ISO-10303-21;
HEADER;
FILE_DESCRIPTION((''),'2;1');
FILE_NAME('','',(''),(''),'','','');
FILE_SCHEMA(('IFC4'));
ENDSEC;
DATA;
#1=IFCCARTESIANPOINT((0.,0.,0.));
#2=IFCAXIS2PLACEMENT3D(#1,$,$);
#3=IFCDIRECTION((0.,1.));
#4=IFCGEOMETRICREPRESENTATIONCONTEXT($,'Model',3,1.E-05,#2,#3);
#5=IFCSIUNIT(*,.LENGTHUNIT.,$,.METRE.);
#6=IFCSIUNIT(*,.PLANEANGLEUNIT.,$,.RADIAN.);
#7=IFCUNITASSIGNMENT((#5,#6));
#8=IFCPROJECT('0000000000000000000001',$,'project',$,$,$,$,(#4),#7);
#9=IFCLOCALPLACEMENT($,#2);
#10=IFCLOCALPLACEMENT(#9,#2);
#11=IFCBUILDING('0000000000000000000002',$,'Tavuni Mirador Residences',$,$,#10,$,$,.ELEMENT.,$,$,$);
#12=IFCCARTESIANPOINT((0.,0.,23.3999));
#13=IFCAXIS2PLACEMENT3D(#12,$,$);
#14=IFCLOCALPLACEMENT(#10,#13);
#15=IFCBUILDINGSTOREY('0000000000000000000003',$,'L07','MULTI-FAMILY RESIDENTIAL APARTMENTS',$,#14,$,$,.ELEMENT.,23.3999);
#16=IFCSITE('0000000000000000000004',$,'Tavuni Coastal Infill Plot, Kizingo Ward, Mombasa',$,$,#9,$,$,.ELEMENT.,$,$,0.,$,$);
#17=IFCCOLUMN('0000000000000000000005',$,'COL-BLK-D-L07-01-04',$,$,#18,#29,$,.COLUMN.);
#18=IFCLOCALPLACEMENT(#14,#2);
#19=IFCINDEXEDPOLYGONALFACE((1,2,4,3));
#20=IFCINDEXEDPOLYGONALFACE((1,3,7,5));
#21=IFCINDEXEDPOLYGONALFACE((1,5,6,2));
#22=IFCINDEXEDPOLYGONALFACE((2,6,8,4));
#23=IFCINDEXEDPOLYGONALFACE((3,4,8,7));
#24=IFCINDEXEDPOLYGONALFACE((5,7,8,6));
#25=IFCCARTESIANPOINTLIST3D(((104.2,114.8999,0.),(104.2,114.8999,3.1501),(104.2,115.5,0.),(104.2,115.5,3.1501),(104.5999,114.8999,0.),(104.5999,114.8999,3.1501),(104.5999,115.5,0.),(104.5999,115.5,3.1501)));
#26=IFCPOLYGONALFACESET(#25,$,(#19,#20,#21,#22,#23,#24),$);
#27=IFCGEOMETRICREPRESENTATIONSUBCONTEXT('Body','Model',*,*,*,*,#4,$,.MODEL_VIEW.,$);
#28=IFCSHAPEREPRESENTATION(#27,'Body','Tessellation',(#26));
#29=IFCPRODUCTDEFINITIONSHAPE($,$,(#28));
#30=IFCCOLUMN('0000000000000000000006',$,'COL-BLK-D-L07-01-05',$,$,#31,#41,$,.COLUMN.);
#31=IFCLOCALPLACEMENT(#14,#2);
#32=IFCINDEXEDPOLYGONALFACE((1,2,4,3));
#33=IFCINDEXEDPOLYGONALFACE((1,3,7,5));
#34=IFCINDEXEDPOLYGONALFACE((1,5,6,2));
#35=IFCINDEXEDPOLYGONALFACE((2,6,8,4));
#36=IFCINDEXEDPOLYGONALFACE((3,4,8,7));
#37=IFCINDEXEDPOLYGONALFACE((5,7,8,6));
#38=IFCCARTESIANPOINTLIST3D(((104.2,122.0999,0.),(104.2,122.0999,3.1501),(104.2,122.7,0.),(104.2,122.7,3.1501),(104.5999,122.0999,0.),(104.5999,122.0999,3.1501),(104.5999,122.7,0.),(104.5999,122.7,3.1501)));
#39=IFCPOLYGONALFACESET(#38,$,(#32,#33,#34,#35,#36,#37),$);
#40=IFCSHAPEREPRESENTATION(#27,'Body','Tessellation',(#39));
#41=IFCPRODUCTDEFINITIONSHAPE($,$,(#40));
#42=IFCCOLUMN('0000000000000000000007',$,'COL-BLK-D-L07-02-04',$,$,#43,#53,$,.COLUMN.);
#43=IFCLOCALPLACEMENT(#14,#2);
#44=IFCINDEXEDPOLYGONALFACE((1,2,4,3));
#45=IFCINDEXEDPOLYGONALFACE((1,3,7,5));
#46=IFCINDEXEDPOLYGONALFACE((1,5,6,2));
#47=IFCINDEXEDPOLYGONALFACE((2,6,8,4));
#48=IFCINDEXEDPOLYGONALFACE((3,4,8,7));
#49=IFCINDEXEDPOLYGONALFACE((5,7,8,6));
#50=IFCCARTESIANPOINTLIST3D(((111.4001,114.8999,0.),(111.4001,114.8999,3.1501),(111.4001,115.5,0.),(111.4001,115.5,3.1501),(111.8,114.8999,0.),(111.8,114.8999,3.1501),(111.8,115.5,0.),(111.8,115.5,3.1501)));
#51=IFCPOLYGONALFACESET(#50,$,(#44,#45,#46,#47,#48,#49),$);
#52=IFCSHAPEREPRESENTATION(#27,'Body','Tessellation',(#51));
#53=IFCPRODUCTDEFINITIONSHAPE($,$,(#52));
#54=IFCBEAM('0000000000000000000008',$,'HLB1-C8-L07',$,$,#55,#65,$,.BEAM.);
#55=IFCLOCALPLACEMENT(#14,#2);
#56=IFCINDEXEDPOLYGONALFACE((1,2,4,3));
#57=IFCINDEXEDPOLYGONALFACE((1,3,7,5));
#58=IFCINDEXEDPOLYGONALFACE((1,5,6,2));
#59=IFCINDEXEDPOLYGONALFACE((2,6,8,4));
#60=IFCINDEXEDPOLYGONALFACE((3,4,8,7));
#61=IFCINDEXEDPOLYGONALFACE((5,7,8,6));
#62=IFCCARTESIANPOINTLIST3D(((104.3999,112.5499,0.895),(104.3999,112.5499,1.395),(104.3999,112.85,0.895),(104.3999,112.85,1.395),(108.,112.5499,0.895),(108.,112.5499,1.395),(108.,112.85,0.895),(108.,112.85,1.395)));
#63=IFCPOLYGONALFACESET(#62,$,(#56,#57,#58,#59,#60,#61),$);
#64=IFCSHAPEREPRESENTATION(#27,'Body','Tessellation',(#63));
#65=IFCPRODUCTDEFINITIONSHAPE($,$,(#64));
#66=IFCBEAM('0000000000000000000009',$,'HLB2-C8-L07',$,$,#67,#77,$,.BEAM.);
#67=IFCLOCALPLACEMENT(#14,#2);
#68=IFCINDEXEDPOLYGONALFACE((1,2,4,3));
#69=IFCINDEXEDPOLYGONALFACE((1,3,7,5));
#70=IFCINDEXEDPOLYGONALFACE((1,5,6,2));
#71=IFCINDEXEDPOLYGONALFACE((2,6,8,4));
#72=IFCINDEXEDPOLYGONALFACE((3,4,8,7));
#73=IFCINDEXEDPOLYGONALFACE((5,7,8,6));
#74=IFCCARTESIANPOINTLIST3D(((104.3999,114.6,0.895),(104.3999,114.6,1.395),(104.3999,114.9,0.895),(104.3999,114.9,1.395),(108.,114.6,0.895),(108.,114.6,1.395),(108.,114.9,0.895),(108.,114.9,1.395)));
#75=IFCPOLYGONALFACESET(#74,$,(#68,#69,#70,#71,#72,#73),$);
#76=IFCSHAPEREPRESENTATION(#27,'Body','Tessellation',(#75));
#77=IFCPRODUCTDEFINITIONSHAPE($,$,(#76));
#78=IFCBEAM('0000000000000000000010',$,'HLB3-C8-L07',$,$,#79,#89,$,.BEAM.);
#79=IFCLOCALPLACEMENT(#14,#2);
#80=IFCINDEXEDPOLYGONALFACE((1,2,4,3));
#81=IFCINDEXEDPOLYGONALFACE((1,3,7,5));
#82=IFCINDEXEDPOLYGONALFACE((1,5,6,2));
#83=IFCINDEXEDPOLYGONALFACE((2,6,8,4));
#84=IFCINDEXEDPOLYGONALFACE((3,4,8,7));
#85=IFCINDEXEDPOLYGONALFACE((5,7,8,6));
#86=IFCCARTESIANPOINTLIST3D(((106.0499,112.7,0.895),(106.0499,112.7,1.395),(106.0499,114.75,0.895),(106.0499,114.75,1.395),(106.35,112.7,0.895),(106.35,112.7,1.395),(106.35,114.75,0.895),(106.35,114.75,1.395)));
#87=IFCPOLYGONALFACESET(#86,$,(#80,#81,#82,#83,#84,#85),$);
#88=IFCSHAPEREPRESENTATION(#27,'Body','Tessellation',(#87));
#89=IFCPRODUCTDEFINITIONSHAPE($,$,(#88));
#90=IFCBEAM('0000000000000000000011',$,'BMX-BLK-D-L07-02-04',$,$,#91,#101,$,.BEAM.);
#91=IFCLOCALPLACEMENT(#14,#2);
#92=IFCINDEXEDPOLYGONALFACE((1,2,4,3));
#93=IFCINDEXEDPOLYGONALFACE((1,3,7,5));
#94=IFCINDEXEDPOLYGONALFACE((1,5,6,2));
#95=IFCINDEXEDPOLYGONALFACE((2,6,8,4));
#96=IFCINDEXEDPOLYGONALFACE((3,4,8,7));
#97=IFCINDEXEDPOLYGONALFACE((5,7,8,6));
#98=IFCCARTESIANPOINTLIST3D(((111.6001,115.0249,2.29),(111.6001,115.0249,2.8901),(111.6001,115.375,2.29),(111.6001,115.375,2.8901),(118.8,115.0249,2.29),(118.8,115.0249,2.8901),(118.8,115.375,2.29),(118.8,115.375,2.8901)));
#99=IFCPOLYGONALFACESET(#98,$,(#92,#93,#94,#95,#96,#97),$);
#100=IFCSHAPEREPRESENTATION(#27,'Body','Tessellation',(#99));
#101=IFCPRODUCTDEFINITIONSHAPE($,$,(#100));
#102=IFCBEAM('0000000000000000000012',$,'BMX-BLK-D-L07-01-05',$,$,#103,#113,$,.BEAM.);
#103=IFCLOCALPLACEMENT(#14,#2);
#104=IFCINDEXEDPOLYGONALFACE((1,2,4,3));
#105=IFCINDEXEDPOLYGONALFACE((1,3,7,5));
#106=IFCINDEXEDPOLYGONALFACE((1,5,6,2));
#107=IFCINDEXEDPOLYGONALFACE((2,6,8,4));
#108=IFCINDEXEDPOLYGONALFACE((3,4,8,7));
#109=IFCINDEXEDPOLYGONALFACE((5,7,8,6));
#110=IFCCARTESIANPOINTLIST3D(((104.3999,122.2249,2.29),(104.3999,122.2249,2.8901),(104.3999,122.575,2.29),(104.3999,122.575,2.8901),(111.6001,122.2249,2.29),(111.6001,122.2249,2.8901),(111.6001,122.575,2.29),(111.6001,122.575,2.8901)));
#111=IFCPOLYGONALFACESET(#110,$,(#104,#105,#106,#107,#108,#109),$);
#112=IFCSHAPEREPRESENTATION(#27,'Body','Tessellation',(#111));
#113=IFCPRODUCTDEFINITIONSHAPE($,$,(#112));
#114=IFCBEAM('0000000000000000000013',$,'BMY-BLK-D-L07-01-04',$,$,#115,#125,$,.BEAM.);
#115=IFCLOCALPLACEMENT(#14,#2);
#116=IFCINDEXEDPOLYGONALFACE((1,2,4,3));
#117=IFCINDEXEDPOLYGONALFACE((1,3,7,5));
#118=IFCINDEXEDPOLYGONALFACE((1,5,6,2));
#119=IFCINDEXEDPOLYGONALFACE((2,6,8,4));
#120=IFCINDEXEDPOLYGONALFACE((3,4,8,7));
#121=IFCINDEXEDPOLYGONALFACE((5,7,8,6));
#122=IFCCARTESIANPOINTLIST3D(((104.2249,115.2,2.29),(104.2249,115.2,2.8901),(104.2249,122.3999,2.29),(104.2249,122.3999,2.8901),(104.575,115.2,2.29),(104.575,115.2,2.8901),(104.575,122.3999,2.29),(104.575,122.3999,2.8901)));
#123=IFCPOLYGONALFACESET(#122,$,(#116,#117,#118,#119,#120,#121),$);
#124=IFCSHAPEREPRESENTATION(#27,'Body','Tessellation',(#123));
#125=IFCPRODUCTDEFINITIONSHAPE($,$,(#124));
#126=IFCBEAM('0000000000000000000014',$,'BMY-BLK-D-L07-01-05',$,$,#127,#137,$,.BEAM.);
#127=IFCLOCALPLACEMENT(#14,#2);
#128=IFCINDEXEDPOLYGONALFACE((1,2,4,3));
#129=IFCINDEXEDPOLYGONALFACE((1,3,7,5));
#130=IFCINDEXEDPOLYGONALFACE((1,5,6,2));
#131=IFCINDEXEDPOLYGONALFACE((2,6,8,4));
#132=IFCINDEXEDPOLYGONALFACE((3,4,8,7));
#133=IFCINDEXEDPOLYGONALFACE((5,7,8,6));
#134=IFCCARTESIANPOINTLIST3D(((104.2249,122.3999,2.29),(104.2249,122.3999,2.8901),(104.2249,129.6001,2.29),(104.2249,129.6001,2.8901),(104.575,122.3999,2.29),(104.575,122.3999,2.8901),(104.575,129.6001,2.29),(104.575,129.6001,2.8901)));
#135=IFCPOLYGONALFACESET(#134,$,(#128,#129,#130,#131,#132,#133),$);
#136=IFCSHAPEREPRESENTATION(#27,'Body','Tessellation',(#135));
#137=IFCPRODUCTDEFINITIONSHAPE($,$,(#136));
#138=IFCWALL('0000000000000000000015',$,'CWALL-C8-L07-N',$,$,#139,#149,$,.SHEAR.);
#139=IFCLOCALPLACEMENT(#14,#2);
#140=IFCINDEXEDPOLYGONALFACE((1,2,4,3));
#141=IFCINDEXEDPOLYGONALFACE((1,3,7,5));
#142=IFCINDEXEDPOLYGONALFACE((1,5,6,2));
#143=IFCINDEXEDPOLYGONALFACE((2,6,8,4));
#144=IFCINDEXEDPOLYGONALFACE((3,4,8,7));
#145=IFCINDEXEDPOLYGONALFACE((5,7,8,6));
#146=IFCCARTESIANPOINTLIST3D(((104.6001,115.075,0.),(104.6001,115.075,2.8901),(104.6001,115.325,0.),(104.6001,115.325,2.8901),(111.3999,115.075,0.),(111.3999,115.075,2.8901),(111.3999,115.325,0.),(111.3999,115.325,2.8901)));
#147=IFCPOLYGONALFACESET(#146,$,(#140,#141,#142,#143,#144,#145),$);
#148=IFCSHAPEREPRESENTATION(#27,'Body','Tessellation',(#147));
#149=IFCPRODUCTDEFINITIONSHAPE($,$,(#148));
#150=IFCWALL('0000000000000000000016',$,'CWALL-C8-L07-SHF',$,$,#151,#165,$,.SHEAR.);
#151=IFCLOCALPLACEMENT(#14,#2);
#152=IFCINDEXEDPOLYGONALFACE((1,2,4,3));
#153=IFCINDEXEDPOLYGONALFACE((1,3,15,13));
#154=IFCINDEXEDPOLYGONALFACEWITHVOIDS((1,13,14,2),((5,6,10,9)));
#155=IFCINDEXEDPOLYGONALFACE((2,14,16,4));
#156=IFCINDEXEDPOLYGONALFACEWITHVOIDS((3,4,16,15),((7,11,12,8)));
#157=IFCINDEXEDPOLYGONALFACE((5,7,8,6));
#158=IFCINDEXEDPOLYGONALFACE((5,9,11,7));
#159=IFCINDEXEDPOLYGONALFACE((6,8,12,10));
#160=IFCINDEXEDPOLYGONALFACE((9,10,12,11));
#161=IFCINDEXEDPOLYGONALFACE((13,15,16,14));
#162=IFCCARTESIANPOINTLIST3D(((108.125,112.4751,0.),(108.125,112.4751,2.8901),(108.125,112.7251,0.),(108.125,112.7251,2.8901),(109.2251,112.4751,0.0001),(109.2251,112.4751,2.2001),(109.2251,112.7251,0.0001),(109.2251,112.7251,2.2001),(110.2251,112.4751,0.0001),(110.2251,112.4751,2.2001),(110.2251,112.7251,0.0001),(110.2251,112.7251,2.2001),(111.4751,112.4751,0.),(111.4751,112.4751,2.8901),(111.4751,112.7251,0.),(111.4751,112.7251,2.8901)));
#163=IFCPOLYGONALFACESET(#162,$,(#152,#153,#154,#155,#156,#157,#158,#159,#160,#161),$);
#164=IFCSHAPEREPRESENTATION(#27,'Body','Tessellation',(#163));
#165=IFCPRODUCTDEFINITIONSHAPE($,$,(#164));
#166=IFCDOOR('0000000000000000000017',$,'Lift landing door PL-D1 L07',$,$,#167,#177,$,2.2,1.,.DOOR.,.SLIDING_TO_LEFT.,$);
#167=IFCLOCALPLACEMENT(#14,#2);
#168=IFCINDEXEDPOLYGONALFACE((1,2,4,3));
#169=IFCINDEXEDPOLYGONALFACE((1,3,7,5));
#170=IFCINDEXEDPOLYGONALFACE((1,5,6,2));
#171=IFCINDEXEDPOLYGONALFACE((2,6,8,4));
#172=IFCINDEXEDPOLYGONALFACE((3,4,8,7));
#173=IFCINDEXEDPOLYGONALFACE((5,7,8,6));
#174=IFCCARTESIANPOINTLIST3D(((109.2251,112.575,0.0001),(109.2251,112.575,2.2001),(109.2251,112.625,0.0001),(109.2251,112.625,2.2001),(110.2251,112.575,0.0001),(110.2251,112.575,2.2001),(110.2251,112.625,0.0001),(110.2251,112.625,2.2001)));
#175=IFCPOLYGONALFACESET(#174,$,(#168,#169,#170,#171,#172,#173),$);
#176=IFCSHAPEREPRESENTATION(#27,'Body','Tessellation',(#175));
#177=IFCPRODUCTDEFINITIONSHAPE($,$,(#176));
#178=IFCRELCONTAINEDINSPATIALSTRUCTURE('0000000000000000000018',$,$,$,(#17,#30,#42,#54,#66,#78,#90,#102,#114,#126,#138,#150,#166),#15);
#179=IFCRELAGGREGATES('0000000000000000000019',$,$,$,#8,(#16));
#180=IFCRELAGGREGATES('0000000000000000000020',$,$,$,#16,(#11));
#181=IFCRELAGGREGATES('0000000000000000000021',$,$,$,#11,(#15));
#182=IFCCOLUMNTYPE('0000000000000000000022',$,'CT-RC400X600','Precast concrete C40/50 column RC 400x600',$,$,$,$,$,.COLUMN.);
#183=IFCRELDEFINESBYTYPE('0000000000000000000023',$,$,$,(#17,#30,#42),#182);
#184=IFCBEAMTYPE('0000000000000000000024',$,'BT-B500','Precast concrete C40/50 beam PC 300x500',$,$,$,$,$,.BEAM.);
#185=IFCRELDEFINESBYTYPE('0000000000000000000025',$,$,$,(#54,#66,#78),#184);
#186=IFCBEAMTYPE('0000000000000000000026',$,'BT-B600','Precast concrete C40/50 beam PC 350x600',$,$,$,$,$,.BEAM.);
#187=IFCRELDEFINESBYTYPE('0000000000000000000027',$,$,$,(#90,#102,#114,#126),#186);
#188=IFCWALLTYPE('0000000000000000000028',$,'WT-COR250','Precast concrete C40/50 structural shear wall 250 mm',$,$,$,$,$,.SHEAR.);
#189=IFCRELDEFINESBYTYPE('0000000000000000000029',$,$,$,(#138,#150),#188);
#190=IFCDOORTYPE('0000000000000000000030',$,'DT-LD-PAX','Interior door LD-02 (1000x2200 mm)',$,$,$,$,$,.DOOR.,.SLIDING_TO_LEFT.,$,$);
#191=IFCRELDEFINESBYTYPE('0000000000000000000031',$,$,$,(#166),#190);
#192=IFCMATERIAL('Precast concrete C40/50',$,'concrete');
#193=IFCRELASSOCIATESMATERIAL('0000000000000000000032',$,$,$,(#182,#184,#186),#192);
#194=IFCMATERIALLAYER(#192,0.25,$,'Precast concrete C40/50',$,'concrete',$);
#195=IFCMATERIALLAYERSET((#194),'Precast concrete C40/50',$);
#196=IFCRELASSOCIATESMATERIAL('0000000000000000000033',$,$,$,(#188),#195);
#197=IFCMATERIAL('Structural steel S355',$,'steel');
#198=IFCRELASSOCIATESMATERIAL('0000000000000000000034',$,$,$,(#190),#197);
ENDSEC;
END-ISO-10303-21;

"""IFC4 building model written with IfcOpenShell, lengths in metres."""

from ifc_helpers import new_model, si_unit, direction, frame, frame_2d, origin, origin_2d, place, context, subcontext, project, spatial, rectangle, extrude, material, layer, layer_set, material_profile, profile_set, type_object, element, fill, save


model = new_model("IFC4")

# Units and contexts
model_context = context("Model", 3, precision=1e-05, world=origin(), true_north=direction((0.0, 1.0)))
body_context = subcontext(model_context, "Body", "Model", "MODEL_VIEW")
ifc_project = project(units=[si_unit("LENGTHUNIT", "METRE"), si_unit("PLANEANGLEUNIT", "RADIAN")], contexts=[model_context])

# Site, building, storey
site_placement = place(None, origin())
site = spatial("IfcSite", under=ifc_project, at=site_placement, Name="Tavuni Coastal Infill Plot, Kizingo Ward, Mombasa", CompositionType="ELEMENT", RefElevation=0.0)
building_placement = place(site_placement, origin())
building = spatial("IfcBuilding", under=site, at=building_placement, Name="Tavuni Mirador Residences", CompositionType="ELEMENT")
storey_placement = place(building_placement, frame((0.0, 0.0, 23.3999)))
storey = spatial("IfcBuildingStorey", under=building, at=storey_placement, Name="L07", Description="MULTI-FAMILY RESIDENTIAL APARTMENTS", CompositionType="ELEMENT", Elevation=23.3999)

# Columns
ifc_material_1 = material(Name="Precast concrete C40/50", Category="concrete")
ifc_material_profile_1 = material_profile(ifc_material_1, rectangle(XDim=0.3999, YDim=0.6001, at=origin_2d()), Name="RC 400x600", Category="concrete")
ifc_profile_set_1 = profile_set([ifc_material_profile_1], Name="Precast concrete C40/50")
column_type = type_object("IfcColumnType", Name="CT-RC400X600", Description="Precast concrete C40/50 column RC 400x600", PredefinedType="COLUMN", material=ifc_profile_set_1)
for number, where, z_axis, x_axis, name in (
    (1, (104.3999, 115.2, 0.0), (0.0, 0.0, 1.0), (1.0, 0.0, 0.0), "COL-BLK-D-L07-01-04"),
    (2, (104.3999, 122.3999, 0.0), (0.0, 0.0, 1.0), (1.0, 0.0, 0.0), "COL-BLK-D-L07-01-05"),
    (3, (111.6001, 115.2, 0.0), (0.0, 0.0, 1.0), (1.0, 0.0, 0.0), "COL-BLK-D-L07-02-04"),
):
    element("IfcColumn", number, at=place(storey_placement, frame(where, z_axis=z_axis, x_axis=x_axis)), inside=storey, type_object=column_type, Name=name, PredefinedType="COLUMN", context=body_context, shape_type="SweptSolid", body=[
        extrude(rectangle(XDim=0.3999, YDim=0.6001, at=origin_2d()), origin(), (0.0, 0.0, 1.0), 3.1501),
    ])

# Beams
ifc_material_profile_2 = material_profile(ifc_material_1, rectangle(XDim=0.3, YDim=0.5, at=origin_2d()), Name="PC 300x500", Category="concrete")
ifc_profile_set_2 = profile_set([ifc_material_profile_2], Name="Precast concrete C40/50")
beam_type_1 = type_object("IfcBeamType", Name="BT-B500", Description="Precast concrete C40/50 beam PC 300x500", PredefinedType="BEAM", material=ifc_profile_set_2)
for number, where, z_axis, x_axis, name in (
    (4, (104.3999, 112.7, 1.145), (1.0, 0.0, 0.0), (0.0, 1.0, 0.0), "HLB1-C8-L07"),
    (5, (104.3999, 114.75, 1.145), (1.0, 0.0, 0.0), (0.0, 1.0, 0.0), "HLB2-C8-L07"),
):
    element("IfcBeam", number, at=place(storey_placement, frame(where, z_axis=z_axis, x_axis=x_axis)), inside=storey, type_object=beam_type_1, Name=name, PredefinedType="BEAM", context=body_context, shape_type="SweptSolid", body=[
        extrude(rectangle(XDim=0.3, YDim=0.5, at=origin_2d()), origin(), (0.0, 0.0, 1.0), 3.6001),
    ])
beam_1_placement = place(storey_placement, frame((106.2, 112.7, 1.145), z_axis=(0.0, 1.0, 0.0), x_axis=(-1.0, 0.0, 0.0)))
element("IfcBeam", 6, at=beam_1_placement, inside=storey, type_object=beam_type_1, Name="HLB3-C8-L07", PredefinedType="BEAM", context=body_context, shape_type="SweptSolid", body=[
    extrude(rectangle(XDim=0.3, YDim=0.5, at=origin_2d()), origin(), (0.0, 0.0, 1.0), 2.05),
])
ifc_material_profile_3 = material_profile(ifc_material_1, rectangle(XDim=0.3501, YDim=0.6001, at=origin_2d()), Name="PC 350x600", Category="concrete")
ifc_profile_set_3 = profile_set([ifc_material_profile_3], Name="Precast concrete C40/50")
beam_type_2 = type_object("IfcBeamType", Name="BT-B600", Description="Precast concrete C40/50 beam PC 350x600", PredefinedType="BEAM", material=ifc_profile_set_3)
beam_2_placement = place(storey_placement, frame((111.6001, 115.2, 2.5901), z_axis=(1.0, 0.0, 0.0), x_axis=(0.0, 1.0, 0.0)))
element("IfcBeam", 7, at=beam_2_placement, inside=storey, type_object=beam_type_2, Name="BMX-BLK-D-L07-02-04", PredefinedType="BEAM", context=body_context, shape_type="SweptSolid", body=[
    extrude(rectangle(XDim=0.3501, YDim=0.6001, at=origin_2d()), origin(), (0.0, 0.0, 1.0), 7.2),
])
beam_3_placement = place(storey_placement, frame((104.3999, 122.3999, 2.5901), z_axis=(1.0, 0.0, 0.0), x_axis=(0.0, 1.0, 0.0)))
element("IfcBeam", 8, at=beam_3_placement, inside=storey, type_object=beam_type_2, Name="BMX-BLK-D-L07-01-05", PredefinedType="BEAM", context=body_context, shape_type="SweptSolid", body=[
    extrude(rectangle(XDim=0.3501, YDim=0.6001, at=origin_2d()), origin(), (0.0, 0.0, 1.0), 7.2002),
])
beam_4_placement = place(storey_placement, frame((104.3999, 115.2, 2.5901), z_axis=(0.0, 1.0, 0.0), x_axis=(-1.0, 0.0, 0.0)))
element("IfcBeam", 9, at=beam_4_placement, inside=storey, type_object=beam_type_2, Name="BMY-BLK-D-L07-01-04", PredefinedType="BEAM", context=body_context, shape_type="SweptSolid", body=[
    extrude(rectangle(XDim=0.3501, YDim=0.6001, at=origin_2d()), origin(), (0.0, 0.0, 1.0), 7.2),
])
beam_5_placement = place(storey_placement, frame((104.3999, 122.3999, 2.5901), z_axis=(0.0, 1.0, 0.0), x_axis=(-1.0, 0.0, 0.0)))
element("IfcBeam", 10, at=beam_5_placement, inside=storey, type_object=beam_type_2, Name="BMY-BLK-D-L07-01-05", PredefinedType="BEAM", context=body_context, shape_type="SweptSolid", body=[
    extrude(rectangle(XDim=0.3501, YDim=0.6001, at=origin_2d()), origin(), (0.0, 0.0, 1.0), 7.2002),
])

# Wall
ifc_layer_1 = layer(ifc_material_1, 0.25, Name="Precast concrete C40/50", Category="concrete")
ifc_layer_set_1 = layer_set([ifc_layer_1], Name="Precast concrete C40/50")
wall_type_1 = type_object("IfcWallType", Name="WT-COR250", Description="Precast concrete C40/50 structural shear wall 250 mm", PredefinedType="SHEAR", material=ifc_layer_set_1)
wall_1_placement = place(storey_placement, frame((104.6001, 115.2, 0.0), z_axis=(0.0, 0.0, 1.0), x_axis=(1.0, 0.0, 0.0)))
element("IfcWall", 11, at=wall_1_placement, inside=storey, type_object=wall_type_1, Name="CWALL-C8-L07-N", PredefinedType="SHEAR", context=body_context, shape_type="SweptSolid", body=[
    extrude(rectangle(XDim=6.7998, YDim=0.25, at=frame_2d((3.3999, 0.0))), origin(), (0.0, 0.0, 1.0), 2.8901),
])

# Wall, opening, door
wall_2_placement = place(storey_placement, frame((108.125, 112.6001, 0.0), z_axis=(0.0, 0.0, 1.0), x_axis=(1.0, 0.0, 0.0)))
wall_2 = element("IfcWall", 12, at=wall_2_placement, inside=storey, type_object=wall_type_1, Name="CWALL-C8-L07-SHF", PredefinedType="SHEAR", context=body_context, shape_type="SweptSolid", body=[
    extrude(rectangle(XDim=3.3501, YDim=0.25, at=frame_2d((1.675, 0.0))), origin(), (0.0, 0.0, 1.0), 2.8901),
])
opening_1_placement = place(wall_2_placement, frame((1.1001, 0.0, 0.0)))
opening_1 = element("IfcOpeningElement", 13, at=opening_1_placement, cuts=wall_2, PredefinedType="OPENING", context=body_context, shape_type="SweptSolid", body=[
    extrude(rectangle(XDim=1.0, YDim=2.2, at=frame_2d((0.5, 1.1001))), frame((0.0, 0.135, 0.0), z_axis=(0.0, -1.0, 0.0), x_axis=(1.0, 0.0, 0.0)), (0.0, 0.0, 1.0), 0.27),
])
ifc_material_2 = material(Name="Structural steel S355", Category="steel")
door_type_1 = type_object("IfcDoorType", Name="DT-LD-PAX", Description="Interior door LD-02 (1000x2200 mm)", OperationType="SLIDING_TO_LEFT", PredefinedType="DOOR", material=ifc_material_2)
door_1_placement = place(opening_1_placement, origin())
door_1 = element("IfcDoor", 14, at=door_1_placement, inside=storey, type_object=door_type_1, Name="Lift landing door PL-D1 L07", OperationType="SLIDING_TO_LEFT", OverallHeight=2.2, OverallWidth=1.0, PredefinedType="DOOR", context=body_context, shape_type="SweptSolid", body=[
    extrude(rectangle(XDim=1.0, YDim=2.2, at=frame_2d((0.5, 1.1001))), frame((0.0, 0.0249, 0.0), z_axis=(0.0, -1.0, 0.0), x_axis=(1.0, 0.0, 0.0)), (0.0, 0.0, 1.0), 0.05),
])
fill(opening_1, door_1)

save(model, "model.ifc")
